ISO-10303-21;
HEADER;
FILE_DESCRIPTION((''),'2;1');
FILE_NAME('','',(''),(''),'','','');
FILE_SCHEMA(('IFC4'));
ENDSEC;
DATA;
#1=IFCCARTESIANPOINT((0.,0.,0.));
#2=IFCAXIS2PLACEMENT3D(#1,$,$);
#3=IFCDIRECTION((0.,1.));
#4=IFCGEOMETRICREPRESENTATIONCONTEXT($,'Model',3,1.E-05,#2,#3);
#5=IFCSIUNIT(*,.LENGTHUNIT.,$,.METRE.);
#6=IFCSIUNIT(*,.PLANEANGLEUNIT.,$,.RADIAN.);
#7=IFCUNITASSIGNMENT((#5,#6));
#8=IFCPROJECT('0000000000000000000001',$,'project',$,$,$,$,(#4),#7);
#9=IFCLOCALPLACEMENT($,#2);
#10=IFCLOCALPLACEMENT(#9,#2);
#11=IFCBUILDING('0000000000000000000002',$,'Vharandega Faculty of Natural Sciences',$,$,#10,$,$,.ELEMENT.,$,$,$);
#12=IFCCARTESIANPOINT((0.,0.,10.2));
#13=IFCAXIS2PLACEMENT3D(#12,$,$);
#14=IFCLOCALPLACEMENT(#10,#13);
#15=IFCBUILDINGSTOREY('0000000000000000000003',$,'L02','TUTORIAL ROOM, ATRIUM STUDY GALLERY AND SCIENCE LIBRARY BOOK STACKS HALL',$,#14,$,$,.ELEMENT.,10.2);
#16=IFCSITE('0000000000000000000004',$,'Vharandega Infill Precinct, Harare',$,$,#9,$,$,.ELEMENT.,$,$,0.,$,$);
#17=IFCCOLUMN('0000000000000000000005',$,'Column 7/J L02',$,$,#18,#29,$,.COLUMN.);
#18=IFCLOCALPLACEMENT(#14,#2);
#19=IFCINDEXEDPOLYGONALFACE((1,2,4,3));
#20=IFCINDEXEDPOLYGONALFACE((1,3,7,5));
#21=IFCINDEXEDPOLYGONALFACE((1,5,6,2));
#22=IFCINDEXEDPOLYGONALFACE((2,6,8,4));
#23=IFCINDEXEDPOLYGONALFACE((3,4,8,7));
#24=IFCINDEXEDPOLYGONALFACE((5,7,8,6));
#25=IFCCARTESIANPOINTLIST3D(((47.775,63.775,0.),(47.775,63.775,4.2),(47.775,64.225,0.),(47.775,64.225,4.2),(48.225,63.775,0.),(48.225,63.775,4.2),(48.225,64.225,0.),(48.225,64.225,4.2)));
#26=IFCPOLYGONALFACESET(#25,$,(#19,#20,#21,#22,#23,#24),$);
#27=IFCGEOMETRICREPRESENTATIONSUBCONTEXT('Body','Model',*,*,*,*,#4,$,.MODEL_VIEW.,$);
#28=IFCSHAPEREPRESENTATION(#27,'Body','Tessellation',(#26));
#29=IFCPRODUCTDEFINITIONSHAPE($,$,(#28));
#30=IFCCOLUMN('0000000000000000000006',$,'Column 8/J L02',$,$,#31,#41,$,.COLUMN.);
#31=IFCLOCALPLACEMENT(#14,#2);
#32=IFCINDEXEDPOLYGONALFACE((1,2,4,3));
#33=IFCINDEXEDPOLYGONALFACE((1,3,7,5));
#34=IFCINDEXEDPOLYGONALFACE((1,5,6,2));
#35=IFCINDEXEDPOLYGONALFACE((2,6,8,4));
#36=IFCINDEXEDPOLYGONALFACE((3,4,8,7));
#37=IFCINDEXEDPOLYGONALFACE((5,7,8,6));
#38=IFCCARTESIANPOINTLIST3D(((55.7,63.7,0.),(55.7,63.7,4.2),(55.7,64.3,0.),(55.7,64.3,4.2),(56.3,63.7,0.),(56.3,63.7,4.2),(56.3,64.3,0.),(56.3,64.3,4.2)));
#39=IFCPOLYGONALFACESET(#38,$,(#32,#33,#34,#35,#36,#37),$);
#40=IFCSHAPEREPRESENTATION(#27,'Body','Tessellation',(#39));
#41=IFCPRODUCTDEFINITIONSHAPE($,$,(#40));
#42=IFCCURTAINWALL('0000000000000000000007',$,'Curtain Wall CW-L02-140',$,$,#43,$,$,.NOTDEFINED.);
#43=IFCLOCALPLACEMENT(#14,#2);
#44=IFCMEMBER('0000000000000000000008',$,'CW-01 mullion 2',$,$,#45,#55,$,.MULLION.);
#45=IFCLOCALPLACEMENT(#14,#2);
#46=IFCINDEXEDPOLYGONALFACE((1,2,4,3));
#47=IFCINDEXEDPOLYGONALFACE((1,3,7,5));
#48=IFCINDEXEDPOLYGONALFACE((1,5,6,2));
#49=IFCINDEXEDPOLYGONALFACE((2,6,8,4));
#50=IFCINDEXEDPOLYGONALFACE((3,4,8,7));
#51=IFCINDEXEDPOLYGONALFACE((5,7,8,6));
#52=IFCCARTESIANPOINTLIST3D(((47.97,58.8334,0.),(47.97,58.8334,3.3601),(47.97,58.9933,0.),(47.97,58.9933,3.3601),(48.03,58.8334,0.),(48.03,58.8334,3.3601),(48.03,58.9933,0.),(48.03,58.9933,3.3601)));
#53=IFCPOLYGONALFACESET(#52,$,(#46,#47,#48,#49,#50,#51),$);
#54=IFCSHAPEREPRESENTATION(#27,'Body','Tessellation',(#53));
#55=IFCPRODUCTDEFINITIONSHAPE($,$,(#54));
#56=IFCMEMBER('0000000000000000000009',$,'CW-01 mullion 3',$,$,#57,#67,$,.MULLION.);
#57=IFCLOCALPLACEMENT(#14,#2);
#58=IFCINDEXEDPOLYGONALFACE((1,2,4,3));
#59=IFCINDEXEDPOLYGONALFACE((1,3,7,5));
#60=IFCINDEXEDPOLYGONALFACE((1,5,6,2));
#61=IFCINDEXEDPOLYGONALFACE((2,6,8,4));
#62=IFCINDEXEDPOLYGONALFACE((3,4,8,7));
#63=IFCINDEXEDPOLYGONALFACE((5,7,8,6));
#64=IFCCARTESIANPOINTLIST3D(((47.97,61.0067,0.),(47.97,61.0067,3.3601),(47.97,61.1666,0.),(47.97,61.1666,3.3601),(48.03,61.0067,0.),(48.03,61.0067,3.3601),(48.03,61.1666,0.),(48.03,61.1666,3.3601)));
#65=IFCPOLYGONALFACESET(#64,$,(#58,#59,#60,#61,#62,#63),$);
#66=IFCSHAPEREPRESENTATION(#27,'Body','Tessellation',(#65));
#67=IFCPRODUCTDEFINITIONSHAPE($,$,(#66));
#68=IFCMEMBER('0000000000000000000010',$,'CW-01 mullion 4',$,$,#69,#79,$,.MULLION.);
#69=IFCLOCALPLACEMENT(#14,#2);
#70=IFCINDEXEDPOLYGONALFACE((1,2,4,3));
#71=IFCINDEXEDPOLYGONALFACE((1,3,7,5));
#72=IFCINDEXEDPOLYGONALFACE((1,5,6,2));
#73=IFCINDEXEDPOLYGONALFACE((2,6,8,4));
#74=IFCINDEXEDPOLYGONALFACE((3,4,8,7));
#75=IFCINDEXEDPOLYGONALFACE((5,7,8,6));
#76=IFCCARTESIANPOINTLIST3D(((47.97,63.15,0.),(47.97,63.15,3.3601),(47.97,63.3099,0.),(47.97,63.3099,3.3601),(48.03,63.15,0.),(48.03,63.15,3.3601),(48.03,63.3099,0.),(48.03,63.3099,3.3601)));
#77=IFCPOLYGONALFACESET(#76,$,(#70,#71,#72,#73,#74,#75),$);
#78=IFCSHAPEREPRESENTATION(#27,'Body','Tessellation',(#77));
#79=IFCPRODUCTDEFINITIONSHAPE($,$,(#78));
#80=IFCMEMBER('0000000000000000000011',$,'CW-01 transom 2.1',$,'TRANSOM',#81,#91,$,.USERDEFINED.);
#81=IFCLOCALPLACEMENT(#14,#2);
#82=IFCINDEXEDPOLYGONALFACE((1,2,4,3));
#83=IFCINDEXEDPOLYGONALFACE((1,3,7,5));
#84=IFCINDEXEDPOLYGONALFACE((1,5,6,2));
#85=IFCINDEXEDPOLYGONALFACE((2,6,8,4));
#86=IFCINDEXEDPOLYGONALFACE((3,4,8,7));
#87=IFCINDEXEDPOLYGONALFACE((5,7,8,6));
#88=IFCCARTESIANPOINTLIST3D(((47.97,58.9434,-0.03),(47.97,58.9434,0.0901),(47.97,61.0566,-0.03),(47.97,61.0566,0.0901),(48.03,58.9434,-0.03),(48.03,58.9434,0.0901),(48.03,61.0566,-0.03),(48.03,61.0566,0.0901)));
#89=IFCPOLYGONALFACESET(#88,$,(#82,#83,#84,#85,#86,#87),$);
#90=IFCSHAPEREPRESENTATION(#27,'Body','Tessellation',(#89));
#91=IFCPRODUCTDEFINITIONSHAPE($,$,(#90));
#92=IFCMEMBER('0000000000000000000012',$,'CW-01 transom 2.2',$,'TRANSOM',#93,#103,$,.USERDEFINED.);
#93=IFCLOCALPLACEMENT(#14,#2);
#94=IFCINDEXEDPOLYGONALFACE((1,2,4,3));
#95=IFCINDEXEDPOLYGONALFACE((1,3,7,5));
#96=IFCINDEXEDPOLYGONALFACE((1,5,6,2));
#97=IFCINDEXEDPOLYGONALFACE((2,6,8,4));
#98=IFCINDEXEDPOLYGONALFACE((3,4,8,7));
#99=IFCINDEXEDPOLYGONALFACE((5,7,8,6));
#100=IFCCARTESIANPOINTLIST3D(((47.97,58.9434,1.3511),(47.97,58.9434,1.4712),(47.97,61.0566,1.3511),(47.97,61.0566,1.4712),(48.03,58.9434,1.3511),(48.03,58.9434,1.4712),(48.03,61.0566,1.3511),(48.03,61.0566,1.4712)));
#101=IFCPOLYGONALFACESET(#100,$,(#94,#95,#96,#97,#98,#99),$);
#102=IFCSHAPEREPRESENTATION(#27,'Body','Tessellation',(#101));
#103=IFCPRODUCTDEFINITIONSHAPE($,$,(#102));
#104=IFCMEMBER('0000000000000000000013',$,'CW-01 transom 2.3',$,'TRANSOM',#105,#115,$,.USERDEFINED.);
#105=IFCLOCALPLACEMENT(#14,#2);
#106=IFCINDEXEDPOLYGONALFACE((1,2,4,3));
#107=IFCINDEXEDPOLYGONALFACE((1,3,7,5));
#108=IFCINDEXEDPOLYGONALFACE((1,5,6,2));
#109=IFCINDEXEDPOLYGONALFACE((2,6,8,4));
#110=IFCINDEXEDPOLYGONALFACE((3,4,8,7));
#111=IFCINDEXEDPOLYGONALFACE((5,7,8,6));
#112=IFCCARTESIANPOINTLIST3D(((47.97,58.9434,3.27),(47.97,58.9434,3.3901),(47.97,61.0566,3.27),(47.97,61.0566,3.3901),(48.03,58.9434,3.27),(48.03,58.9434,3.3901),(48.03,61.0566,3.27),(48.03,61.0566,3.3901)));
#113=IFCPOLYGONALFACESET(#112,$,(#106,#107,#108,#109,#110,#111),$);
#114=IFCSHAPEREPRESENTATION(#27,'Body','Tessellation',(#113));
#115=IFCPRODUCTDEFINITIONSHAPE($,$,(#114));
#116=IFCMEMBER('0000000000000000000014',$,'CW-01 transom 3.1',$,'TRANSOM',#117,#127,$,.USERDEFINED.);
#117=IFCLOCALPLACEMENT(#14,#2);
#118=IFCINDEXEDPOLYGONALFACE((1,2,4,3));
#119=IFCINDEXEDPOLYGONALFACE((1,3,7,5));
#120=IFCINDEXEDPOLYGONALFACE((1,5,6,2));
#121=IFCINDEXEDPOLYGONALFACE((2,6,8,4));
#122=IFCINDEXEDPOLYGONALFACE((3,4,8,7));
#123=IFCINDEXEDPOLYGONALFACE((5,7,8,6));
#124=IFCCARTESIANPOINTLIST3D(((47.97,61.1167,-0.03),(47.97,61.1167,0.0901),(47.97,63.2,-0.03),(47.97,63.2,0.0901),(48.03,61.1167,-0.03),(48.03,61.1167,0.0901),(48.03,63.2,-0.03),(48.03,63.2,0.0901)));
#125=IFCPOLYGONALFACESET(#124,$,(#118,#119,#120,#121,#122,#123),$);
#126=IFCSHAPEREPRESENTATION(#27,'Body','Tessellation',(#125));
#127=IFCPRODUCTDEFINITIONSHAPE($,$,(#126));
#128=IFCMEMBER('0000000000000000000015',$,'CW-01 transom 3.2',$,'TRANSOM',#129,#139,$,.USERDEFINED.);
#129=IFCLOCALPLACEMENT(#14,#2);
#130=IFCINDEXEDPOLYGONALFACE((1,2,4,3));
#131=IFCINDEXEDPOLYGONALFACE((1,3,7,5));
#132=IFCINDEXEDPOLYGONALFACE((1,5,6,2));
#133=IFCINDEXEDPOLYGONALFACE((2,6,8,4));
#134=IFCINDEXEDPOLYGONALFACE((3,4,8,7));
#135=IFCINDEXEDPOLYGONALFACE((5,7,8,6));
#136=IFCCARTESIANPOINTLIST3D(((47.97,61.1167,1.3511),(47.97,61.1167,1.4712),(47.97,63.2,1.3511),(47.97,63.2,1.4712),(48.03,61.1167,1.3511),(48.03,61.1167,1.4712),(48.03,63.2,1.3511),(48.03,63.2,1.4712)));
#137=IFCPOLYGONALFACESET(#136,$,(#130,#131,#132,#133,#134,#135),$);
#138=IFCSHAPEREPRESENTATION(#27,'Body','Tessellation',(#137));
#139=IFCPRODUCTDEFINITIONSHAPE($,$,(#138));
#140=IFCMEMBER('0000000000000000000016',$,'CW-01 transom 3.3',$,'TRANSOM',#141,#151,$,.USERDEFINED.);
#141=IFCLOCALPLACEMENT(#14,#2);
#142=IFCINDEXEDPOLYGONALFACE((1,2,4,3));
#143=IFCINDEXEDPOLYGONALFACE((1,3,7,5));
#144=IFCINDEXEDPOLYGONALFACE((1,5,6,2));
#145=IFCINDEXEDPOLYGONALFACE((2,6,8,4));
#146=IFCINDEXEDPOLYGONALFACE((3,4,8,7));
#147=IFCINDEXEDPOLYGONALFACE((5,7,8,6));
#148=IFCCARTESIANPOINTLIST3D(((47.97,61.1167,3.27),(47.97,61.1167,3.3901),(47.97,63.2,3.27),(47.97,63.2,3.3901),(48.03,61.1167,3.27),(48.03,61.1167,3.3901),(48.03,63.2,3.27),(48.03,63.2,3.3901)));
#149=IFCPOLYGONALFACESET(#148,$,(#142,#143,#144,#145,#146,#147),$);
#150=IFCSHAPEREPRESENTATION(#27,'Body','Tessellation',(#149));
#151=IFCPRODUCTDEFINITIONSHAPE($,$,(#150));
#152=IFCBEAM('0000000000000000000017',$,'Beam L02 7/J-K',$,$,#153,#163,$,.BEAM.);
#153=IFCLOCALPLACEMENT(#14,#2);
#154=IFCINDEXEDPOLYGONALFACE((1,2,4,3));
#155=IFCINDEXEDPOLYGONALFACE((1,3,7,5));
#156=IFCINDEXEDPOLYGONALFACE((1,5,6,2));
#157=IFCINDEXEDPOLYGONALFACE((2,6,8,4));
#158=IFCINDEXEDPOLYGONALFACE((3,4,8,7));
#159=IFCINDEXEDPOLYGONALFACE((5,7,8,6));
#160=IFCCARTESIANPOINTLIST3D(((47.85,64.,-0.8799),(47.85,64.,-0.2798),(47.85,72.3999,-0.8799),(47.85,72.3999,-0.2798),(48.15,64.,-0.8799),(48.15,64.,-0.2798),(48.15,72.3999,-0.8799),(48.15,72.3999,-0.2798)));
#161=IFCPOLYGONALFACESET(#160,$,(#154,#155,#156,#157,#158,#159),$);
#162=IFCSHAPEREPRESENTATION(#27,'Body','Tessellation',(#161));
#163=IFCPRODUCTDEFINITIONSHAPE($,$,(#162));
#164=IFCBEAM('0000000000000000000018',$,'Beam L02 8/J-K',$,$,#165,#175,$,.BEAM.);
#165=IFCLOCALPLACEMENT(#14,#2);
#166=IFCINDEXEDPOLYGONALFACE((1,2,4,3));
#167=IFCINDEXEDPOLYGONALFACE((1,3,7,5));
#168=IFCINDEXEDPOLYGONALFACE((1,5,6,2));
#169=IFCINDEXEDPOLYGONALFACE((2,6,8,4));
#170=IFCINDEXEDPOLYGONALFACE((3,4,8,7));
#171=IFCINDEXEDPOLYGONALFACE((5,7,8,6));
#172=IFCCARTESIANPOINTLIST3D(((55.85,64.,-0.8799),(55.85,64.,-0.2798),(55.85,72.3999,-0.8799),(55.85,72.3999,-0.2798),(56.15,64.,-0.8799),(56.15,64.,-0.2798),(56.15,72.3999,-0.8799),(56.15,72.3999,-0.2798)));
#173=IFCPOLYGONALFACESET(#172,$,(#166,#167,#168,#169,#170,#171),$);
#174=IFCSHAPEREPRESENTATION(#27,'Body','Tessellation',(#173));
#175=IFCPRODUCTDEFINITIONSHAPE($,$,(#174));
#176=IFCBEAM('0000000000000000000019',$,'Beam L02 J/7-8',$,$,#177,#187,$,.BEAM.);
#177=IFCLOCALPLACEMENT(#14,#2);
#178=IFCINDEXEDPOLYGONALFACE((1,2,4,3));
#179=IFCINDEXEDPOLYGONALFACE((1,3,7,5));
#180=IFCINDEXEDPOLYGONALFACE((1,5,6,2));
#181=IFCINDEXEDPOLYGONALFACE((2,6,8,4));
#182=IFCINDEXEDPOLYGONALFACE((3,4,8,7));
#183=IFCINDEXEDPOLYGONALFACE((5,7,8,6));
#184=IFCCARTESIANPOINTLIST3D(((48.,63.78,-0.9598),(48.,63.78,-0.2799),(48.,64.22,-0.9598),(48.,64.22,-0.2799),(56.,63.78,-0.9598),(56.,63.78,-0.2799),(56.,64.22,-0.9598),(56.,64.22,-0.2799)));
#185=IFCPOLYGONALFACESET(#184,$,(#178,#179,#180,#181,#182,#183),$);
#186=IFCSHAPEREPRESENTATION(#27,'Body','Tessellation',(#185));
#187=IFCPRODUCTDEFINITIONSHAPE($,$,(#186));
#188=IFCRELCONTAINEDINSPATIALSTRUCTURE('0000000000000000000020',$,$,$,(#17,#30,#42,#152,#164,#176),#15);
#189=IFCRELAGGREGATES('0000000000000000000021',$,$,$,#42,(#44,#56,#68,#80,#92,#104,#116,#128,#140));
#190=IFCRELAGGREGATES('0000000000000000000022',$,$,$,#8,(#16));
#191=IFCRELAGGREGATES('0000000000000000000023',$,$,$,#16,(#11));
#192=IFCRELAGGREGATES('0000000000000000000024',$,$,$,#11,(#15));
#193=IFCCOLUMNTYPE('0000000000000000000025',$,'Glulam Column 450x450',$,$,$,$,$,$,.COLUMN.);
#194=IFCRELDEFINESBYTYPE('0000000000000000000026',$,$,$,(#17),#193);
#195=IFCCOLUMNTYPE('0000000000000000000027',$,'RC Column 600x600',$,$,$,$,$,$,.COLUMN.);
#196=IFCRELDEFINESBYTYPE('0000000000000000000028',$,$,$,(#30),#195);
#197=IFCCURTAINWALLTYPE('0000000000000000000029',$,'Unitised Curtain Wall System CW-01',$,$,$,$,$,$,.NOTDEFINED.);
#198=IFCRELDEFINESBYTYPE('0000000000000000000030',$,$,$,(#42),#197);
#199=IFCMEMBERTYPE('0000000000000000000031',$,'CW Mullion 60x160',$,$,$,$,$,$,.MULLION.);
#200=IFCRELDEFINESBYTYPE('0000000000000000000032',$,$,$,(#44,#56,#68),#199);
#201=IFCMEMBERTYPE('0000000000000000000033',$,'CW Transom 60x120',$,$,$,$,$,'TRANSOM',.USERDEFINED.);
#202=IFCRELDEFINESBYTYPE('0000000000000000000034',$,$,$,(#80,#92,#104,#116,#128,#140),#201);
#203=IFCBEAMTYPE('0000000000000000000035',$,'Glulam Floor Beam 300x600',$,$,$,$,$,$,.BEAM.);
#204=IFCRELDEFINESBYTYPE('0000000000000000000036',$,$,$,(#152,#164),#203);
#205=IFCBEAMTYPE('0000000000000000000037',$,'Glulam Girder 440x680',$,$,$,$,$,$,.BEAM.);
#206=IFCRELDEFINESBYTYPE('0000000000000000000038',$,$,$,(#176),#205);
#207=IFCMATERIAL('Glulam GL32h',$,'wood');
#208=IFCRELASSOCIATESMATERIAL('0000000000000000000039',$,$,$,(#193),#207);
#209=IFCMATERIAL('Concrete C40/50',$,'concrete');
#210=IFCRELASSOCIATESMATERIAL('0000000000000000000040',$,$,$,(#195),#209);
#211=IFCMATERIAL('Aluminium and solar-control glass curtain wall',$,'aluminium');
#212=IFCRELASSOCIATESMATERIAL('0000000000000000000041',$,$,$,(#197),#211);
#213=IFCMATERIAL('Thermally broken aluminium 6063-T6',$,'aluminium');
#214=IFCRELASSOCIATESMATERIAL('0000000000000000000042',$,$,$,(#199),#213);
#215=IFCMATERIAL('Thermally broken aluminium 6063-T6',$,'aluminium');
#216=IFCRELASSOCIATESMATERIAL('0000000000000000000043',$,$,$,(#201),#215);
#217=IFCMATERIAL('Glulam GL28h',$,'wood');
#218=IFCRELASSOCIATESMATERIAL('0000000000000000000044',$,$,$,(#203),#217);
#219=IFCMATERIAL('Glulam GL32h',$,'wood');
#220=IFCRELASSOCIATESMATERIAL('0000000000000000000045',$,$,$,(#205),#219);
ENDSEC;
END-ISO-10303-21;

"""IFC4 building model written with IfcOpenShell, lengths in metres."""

from ifc_helpers import new_model, si_unit, direction, frame, origin, origin_2d, place, context, subcontext, project, spatial, rectangle, extrude, material, material_profile, profile_set, type_object, element, aggregate, save


model = new_model("IFC4")

# Units and contexts
model_context = context("Model", 3, precision=1e-05, world=origin(), true_north=direction((0.0, 1.0)))
body_context = subcontext(model_context, "Body", "Model", "MODEL_VIEW")
ifc_project = project(units=[si_unit("LENGTHUNIT", "METRE"), si_unit("PLANEANGLEUNIT", "RADIAN")], contexts=[model_context])

# Site, building, storey
site_placement = place(None, origin())
site = spatial("IfcSite", under=ifc_project, at=site_placement, Name="Vharandega Infill Precinct, Harare", CompositionType="ELEMENT", RefElevation=0.0)
building_placement = place(site_placement, origin())
building = spatial("IfcBuilding", under=site, at=building_placement, Name="Vharandega Faculty of Natural Sciences", CompositionType="ELEMENT")
storey_placement = place(building_placement, frame((0.0, 0.0, 10.2)))
storey = spatial("IfcBuildingStorey", under=building, at=storey_placement, Name="L02", Description="TUTORIAL ROOM, ATRIUM STUDY GALLERY AND SCIENCE LIBRARY BOOK STACKS HALL", CompositionType="ELEMENT", Elevation=10.2)

# Columns
ifc_material_1 = material(Name="Glulam GL32h", Category="wood")
ifc_material_profile_1 = material_profile(ifc_material_1, rectangle(XDim=0.45, YDim=0.45, at=origin_2d()), Name="GL32h 450x450")
ifc_profile_set_1 = profile_set([ifc_material_profile_1], Name="Glulam GL32h")
column_type_1 = type_object("IfcColumnType", Name="Glulam Column 450x450", PredefinedType="COLUMN", material=ifc_profile_set_1)
column_1_placement = place(storey_placement, frame((48.0, 64.0, 0.0), z_axis=(0.0, 0.0, 1.0), x_axis=(1.0, 0.0, 0.0)))
element("IfcColumn", 1, at=column_1_placement, inside=storey, type_object=column_type_1, Name="Column 7/J L02", PredefinedType="COLUMN", context=body_context, shape_type="SweptSolid", body=[
    extrude(rectangle(XDim=0.45, YDim=0.45, at=origin_2d()), origin(), (0.0, 0.0, 1.0), 4.2),
])
ifc_material_2 = material(Name="Concrete C40/50", Category="concrete")
ifc_material_profile_2 = material_profile(ifc_material_2, rectangle(XDim=0.6001, YDim=0.6001, at=origin_2d()), Name="RC 600x600")
ifc_profile_set_2 = profile_set([ifc_material_profile_2], Name="Concrete C40/50")
column_type_2 = type_object("IfcColumnType", Name="RC Column 600x600", PredefinedType="COLUMN", material=ifc_profile_set_2)
column_2_placement = place(storey_placement, frame((56.0, 64.0, 0.0), z_axis=(0.0, 0.0, 1.0), x_axis=(1.0, 0.0, 0.0)))
element("IfcColumn", 2, at=column_2_placement, inside=storey, type_object=column_type_2, Name="Column 8/J L02", PredefinedType="COLUMN", context=body_context, shape_type="SweptSolid", body=[
    extrude(rectangle(XDim=0.6001, YDim=0.6001, at=origin_2d()), origin(), (0.0, 0.0, 1.0), 4.2),
])

# Curtain wall, members
ifc_material_3 = material(Name="Aluminium and solar-control glass curtain wall", Category="aluminium")
curtain_wall_type = type_object("IfcCurtainWallType", Name="Unitised Curtain Wall System CW-01", PredefinedType="NOTDEFINED", material=ifc_material_3)
curtain_wall_placement = place(storey_placement, origin())
curtain_wall = element("IfcCurtainWall", 3, at=curtain_wall_placement, inside=storey, type_object=curtain_wall_type, Name="Curtain Wall CW-L02-140", PredefinedType="NOTDEFINED")
ifc_material_4 = material(Name="Thermally broken aluminium 6063-T6", Category="aluminium")
ifc_material_profile_3 = material_profile(ifc_material_4, rectangle(XDim=0.0601, YDim=0.1599, at=origin_2d()), Name="ALU 60x160")
ifc_profile_set_3 = profile_set([ifc_material_profile_3], Name="Thermally broken aluminium 6063-T6")
member_type_1 = type_object("IfcMemberType", Name="CW Mullion 60x160", PredefinedType="MULLION", material=ifc_profile_set_3)
member_1_placement = place(storey_placement, frame((48.0, 58.9133, 0.0), z_axis=(0.0, 0.0, 1.0), x_axis=(-1.0, 0.0, 0.0)))
member_1 = element("IfcMember", 4, at=member_1_placement, type_object=member_type_1, Name="CW-01 mullion 2", PredefinedType="MULLION", context=body_context, shape_type="SweptSolid", body=[
    extrude(rectangle(XDim=0.0601, YDim=0.1599, at=origin_2d()), origin(), (0.0, 0.0, 1.0), 3.3601),
])
member_2_placement = place(storey_placement, frame((48.0, 61.0867, 0.0), z_axis=(0.0, 0.0, 1.0), x_axis=(-1.0, 0.0, 0.0)))
member_2 = element("IfcMember", 5, at=member_2_placement, type_object=member_type_1, Name="CW-01 mullion 3", PredefinedType="MULLION", context=body_context, shape_type="SweptSolid", body=[
    extrude(rectangle(XDim=0.0601, YDim=0.1599, at=origin_2d()), origin(), (0.0, 0.0, 1.0), 3.3601),
])
member_3_placement = place(storey_placement, frame((48.0, 63.23, 0.0), z_axis=(0.0, 0.0, 1.0), x_axis=(-1.0, 0.0, 0.0)))
member_3 = element("IfcMember", 6, at=member_3_placement, type_object=member_type_1, Name="CW-01 mullion 4", PredefinedType="MULLION", context=body_context, shape_type="SweptSolid", body=[
    extrude(rectangle(XDim=0.0601, YDim=0.1599, at=origin_2d()), origin(), (0.0, 0.0, 1.0), 3.3601),
])
ifc_material_5 = material(Name="Thermally broken aluminium 6063-T6", Category="aluminium")
ifc_material_profile_4 = material_profile(ifc_material_5, rectangle(XDim=0.0601, YDim=0.1201, at=origin_2d()), Name="ALU 60x120")
ifc_profile_set_4 = profile_set([ifc_material_profile_4], Name="Thermally broken aluminium 6063-T6")
member_type_2 = type_object("IfcMemberType", Name="CW Transom 60x120", ElementType="TRANSOM", PredefinedType="USERDEFINED", material=ifc_profile_set_4)
member_4_placement = place(storey_placement, frame((48.0, 58.9434, 0.03), z_axis=(0.0, 1.0, 0.0), x_axis=(-1.0, 0.0, 0.0)))
member_4 = element("IfcMember", 7, at=member_4_placement, type_object=member_type_2, Name="CW-01 transom 2.1", ObjectType="TRANSOM", PredefinedType="USERDEFINED", context=body_context, shape_type="SweptSolid", body=[
    extrude(rectangle(XDim=0.0601, YDim=0.1201, at=origin_2d()), origin(), (0.0, 0.0, 1.0), 2.1133),
])
member_5_placement = place(storey_placement, frame((48.0, 58.9434, 1.4111), z_axis=(0.0, 1.0, 0.0), x_axis=(-1.0, 0.0, 0.0)))
member_5 = element("IfcMember", 8, at=member_5_placement, type_object=member_type_2, Name="CW-01 transom 2.2", ObjectType="TRANSOM", PredefinedType="USERDEFINED", context=body_context, shape_type="SweptSolid", body=[
    extrude(rectangle(XDim=0.0601, YDim=0.1201, at=origin_2d()), origin(), (0.0, 0.0, 1.0), 2.1133),
])
member_6_placement = place(storey_placement, frame((48.0, 58.9434, 3.3301), z_axis=(0.0, 1.0, 0.0), x_axis=(-1.0, 0.0, 0.0)))
member_6 = element("IfcMember", 9, at=member_6_placement, type_object=member_type_2, Name="CW-01 transom 2.3", ObjectType="TRANSOM", PredefinedType="USERDEFINED", context=body_context, shape_type="SweptSolid", body=[
    extrude(rectangle(XDim=0.0601, YDim=0.1201, at=origin_2d()), origin(), (0.0, 0.0, 1.0), 2.1133),
])
member_7_placement = place(storey_placement, frame((48.0, 61.1167, 0.03), z_axis=(0.0, 1.0, 0.0), x_axis=(-1.0, 0.0, 0.0)))
member_7 = element("IfcMember", 10, at=member_7_placement, type_object=member_type_2, Name="CW-01 transom 3.1", ObjectType="TRANSOM", PredefinedType="USERDEFINED", context=body_context, shape_type="SweptSolid", body=[
    extrude(rectangle(XDim=0.0601, YDim=0.1201, at=origin_2d()), origin(), (0.0, 0.0, 1.0), 2.0833),
])
member_8_placement = place(storey_placement, frame((48.0, 61.1167, 1.4111), z_axis=(0.0, 1.0, 0.0), x_axis=(-1.0, 0.0, 0.0)))
member_8 = element("IfcMember", 11, at=member_8_placement, type_object=member_type_2, Name="CW-01 transom 3.2", ObjectType="TRANSOM", PredefinedType="USERDEFINED", context=body_context, shape_type="SweptSolid", body=[
    extrude(rectangle(XDim=0.0601, YDim=0.1201, at=origin_2d()), origin(), (0.0, 0.0, 1.0), 2.0833),
])
member_9_placement = place(storey_placement, frame((48.0, 61.1167, 3.3301), z_axis=(0.0, 1.0, 0.0), x_axis=(-1.0, 0.0, 0.0)))
member_9 = element("IfcMember", 12, at=member_9_placement, type_object=member_type_2, Name="CW-01 transom 3.3", ObjectType="TRANSOM", PredefinedType="USERDEFINED", context=body_context, shape_type="SweptSolid", body=[
    extrude(rectangle(XDim=0.0601, YDim=0.1201, at=origin_2d()), origin(), (0.0, 0.0, 1.0), 2.0833),
])

# Beams
ifc_material_6 = material(Name="Glulam GL28h", Category="wood")
ifc_material_profile_5 = material_profile(ifc_material_6, rectangle(XDim=0.3, YDim=0.6001, at=origin_2d()), Name="GL28h 300x600")
ifc_profile_set_5 = profile_set([ifc_material_profile_5], Name="Glulam GL28h")
beam_type_1 = type_object("IfcBeamType", Name="Glulam Floor Beam 300x600", PredefinedType="BEAM", material=ifc_profile_set_5)
for number, where, z_axis, x_axis, name in (
    (13, (48.0, 64.0, -0.5798), (0.0, 1.0, 0.0), (-1.0, 0.0, 0.0), "Beam L02 7/J-K"),
    (14, (56.0, 64.0, -0.5798), (0.0, 1.0, 0.0), (-1.0, 0.0, 0.0), "Beam L02 8/J-K"),
):
    element("IfcBeam", number, at=place(storey_placement, frame(where, z_axis=z_axis, x_axis=x_axis)), inside=storey, type_object=beam_type_1, Name=name, PredefinedType="BEAM", context=body_context, shape_type="SweptSolid", body=[
        extrude(rectangle(XDim=0.3, YDim=0.6001, at=origin_2d()), origin(), (0.0, 0.0, 1.0), 8.3999),
    ])
ifc_material_7 = material(Name="Glulam GL32h", Category="wood")
ifc_material_profile_6 = material_profile(ifc_material_7, rectangle(XDim=0.4399, YDim=0.6799, at=origin_2d()), Name="GL32h 440x680")
ifc_profile_set_6 = profile_set([ifc_material_profile_6], Name="Glulam GL32h")
beam_type_2 = type_object("IfcBeamType", Name="Glulam Girder 440x680", PredefinedType="BEAM", material=ifc_profile_set_6)
beam_1_placement = place(storey_placement, frame((48.0, 64.0, -0.6199), z_axis=(1.0, 0.0, 0.0), x_axis=(0.0, 1.0, 0.0)))
element("IfcBeam", 15, at=beam_1_placement, inside=storey, type_object=beam_type_2, Name="Beam L02 J/7-8", PredefinedType="BEAM", context=body_context, shape_type="SweptSolid", body=[
    extrude(rectangle(XDim=0.4399, YDim=0.6799, at=origin_2d()), origin(), (0.0, 0.0, 1.0), 8.0),
])

aggregate(curtain_wall, [member_1, member_2, member_3, member_4, member_5, member_6, member_7, member_8, member_9])

save(model, "model.ifc")
